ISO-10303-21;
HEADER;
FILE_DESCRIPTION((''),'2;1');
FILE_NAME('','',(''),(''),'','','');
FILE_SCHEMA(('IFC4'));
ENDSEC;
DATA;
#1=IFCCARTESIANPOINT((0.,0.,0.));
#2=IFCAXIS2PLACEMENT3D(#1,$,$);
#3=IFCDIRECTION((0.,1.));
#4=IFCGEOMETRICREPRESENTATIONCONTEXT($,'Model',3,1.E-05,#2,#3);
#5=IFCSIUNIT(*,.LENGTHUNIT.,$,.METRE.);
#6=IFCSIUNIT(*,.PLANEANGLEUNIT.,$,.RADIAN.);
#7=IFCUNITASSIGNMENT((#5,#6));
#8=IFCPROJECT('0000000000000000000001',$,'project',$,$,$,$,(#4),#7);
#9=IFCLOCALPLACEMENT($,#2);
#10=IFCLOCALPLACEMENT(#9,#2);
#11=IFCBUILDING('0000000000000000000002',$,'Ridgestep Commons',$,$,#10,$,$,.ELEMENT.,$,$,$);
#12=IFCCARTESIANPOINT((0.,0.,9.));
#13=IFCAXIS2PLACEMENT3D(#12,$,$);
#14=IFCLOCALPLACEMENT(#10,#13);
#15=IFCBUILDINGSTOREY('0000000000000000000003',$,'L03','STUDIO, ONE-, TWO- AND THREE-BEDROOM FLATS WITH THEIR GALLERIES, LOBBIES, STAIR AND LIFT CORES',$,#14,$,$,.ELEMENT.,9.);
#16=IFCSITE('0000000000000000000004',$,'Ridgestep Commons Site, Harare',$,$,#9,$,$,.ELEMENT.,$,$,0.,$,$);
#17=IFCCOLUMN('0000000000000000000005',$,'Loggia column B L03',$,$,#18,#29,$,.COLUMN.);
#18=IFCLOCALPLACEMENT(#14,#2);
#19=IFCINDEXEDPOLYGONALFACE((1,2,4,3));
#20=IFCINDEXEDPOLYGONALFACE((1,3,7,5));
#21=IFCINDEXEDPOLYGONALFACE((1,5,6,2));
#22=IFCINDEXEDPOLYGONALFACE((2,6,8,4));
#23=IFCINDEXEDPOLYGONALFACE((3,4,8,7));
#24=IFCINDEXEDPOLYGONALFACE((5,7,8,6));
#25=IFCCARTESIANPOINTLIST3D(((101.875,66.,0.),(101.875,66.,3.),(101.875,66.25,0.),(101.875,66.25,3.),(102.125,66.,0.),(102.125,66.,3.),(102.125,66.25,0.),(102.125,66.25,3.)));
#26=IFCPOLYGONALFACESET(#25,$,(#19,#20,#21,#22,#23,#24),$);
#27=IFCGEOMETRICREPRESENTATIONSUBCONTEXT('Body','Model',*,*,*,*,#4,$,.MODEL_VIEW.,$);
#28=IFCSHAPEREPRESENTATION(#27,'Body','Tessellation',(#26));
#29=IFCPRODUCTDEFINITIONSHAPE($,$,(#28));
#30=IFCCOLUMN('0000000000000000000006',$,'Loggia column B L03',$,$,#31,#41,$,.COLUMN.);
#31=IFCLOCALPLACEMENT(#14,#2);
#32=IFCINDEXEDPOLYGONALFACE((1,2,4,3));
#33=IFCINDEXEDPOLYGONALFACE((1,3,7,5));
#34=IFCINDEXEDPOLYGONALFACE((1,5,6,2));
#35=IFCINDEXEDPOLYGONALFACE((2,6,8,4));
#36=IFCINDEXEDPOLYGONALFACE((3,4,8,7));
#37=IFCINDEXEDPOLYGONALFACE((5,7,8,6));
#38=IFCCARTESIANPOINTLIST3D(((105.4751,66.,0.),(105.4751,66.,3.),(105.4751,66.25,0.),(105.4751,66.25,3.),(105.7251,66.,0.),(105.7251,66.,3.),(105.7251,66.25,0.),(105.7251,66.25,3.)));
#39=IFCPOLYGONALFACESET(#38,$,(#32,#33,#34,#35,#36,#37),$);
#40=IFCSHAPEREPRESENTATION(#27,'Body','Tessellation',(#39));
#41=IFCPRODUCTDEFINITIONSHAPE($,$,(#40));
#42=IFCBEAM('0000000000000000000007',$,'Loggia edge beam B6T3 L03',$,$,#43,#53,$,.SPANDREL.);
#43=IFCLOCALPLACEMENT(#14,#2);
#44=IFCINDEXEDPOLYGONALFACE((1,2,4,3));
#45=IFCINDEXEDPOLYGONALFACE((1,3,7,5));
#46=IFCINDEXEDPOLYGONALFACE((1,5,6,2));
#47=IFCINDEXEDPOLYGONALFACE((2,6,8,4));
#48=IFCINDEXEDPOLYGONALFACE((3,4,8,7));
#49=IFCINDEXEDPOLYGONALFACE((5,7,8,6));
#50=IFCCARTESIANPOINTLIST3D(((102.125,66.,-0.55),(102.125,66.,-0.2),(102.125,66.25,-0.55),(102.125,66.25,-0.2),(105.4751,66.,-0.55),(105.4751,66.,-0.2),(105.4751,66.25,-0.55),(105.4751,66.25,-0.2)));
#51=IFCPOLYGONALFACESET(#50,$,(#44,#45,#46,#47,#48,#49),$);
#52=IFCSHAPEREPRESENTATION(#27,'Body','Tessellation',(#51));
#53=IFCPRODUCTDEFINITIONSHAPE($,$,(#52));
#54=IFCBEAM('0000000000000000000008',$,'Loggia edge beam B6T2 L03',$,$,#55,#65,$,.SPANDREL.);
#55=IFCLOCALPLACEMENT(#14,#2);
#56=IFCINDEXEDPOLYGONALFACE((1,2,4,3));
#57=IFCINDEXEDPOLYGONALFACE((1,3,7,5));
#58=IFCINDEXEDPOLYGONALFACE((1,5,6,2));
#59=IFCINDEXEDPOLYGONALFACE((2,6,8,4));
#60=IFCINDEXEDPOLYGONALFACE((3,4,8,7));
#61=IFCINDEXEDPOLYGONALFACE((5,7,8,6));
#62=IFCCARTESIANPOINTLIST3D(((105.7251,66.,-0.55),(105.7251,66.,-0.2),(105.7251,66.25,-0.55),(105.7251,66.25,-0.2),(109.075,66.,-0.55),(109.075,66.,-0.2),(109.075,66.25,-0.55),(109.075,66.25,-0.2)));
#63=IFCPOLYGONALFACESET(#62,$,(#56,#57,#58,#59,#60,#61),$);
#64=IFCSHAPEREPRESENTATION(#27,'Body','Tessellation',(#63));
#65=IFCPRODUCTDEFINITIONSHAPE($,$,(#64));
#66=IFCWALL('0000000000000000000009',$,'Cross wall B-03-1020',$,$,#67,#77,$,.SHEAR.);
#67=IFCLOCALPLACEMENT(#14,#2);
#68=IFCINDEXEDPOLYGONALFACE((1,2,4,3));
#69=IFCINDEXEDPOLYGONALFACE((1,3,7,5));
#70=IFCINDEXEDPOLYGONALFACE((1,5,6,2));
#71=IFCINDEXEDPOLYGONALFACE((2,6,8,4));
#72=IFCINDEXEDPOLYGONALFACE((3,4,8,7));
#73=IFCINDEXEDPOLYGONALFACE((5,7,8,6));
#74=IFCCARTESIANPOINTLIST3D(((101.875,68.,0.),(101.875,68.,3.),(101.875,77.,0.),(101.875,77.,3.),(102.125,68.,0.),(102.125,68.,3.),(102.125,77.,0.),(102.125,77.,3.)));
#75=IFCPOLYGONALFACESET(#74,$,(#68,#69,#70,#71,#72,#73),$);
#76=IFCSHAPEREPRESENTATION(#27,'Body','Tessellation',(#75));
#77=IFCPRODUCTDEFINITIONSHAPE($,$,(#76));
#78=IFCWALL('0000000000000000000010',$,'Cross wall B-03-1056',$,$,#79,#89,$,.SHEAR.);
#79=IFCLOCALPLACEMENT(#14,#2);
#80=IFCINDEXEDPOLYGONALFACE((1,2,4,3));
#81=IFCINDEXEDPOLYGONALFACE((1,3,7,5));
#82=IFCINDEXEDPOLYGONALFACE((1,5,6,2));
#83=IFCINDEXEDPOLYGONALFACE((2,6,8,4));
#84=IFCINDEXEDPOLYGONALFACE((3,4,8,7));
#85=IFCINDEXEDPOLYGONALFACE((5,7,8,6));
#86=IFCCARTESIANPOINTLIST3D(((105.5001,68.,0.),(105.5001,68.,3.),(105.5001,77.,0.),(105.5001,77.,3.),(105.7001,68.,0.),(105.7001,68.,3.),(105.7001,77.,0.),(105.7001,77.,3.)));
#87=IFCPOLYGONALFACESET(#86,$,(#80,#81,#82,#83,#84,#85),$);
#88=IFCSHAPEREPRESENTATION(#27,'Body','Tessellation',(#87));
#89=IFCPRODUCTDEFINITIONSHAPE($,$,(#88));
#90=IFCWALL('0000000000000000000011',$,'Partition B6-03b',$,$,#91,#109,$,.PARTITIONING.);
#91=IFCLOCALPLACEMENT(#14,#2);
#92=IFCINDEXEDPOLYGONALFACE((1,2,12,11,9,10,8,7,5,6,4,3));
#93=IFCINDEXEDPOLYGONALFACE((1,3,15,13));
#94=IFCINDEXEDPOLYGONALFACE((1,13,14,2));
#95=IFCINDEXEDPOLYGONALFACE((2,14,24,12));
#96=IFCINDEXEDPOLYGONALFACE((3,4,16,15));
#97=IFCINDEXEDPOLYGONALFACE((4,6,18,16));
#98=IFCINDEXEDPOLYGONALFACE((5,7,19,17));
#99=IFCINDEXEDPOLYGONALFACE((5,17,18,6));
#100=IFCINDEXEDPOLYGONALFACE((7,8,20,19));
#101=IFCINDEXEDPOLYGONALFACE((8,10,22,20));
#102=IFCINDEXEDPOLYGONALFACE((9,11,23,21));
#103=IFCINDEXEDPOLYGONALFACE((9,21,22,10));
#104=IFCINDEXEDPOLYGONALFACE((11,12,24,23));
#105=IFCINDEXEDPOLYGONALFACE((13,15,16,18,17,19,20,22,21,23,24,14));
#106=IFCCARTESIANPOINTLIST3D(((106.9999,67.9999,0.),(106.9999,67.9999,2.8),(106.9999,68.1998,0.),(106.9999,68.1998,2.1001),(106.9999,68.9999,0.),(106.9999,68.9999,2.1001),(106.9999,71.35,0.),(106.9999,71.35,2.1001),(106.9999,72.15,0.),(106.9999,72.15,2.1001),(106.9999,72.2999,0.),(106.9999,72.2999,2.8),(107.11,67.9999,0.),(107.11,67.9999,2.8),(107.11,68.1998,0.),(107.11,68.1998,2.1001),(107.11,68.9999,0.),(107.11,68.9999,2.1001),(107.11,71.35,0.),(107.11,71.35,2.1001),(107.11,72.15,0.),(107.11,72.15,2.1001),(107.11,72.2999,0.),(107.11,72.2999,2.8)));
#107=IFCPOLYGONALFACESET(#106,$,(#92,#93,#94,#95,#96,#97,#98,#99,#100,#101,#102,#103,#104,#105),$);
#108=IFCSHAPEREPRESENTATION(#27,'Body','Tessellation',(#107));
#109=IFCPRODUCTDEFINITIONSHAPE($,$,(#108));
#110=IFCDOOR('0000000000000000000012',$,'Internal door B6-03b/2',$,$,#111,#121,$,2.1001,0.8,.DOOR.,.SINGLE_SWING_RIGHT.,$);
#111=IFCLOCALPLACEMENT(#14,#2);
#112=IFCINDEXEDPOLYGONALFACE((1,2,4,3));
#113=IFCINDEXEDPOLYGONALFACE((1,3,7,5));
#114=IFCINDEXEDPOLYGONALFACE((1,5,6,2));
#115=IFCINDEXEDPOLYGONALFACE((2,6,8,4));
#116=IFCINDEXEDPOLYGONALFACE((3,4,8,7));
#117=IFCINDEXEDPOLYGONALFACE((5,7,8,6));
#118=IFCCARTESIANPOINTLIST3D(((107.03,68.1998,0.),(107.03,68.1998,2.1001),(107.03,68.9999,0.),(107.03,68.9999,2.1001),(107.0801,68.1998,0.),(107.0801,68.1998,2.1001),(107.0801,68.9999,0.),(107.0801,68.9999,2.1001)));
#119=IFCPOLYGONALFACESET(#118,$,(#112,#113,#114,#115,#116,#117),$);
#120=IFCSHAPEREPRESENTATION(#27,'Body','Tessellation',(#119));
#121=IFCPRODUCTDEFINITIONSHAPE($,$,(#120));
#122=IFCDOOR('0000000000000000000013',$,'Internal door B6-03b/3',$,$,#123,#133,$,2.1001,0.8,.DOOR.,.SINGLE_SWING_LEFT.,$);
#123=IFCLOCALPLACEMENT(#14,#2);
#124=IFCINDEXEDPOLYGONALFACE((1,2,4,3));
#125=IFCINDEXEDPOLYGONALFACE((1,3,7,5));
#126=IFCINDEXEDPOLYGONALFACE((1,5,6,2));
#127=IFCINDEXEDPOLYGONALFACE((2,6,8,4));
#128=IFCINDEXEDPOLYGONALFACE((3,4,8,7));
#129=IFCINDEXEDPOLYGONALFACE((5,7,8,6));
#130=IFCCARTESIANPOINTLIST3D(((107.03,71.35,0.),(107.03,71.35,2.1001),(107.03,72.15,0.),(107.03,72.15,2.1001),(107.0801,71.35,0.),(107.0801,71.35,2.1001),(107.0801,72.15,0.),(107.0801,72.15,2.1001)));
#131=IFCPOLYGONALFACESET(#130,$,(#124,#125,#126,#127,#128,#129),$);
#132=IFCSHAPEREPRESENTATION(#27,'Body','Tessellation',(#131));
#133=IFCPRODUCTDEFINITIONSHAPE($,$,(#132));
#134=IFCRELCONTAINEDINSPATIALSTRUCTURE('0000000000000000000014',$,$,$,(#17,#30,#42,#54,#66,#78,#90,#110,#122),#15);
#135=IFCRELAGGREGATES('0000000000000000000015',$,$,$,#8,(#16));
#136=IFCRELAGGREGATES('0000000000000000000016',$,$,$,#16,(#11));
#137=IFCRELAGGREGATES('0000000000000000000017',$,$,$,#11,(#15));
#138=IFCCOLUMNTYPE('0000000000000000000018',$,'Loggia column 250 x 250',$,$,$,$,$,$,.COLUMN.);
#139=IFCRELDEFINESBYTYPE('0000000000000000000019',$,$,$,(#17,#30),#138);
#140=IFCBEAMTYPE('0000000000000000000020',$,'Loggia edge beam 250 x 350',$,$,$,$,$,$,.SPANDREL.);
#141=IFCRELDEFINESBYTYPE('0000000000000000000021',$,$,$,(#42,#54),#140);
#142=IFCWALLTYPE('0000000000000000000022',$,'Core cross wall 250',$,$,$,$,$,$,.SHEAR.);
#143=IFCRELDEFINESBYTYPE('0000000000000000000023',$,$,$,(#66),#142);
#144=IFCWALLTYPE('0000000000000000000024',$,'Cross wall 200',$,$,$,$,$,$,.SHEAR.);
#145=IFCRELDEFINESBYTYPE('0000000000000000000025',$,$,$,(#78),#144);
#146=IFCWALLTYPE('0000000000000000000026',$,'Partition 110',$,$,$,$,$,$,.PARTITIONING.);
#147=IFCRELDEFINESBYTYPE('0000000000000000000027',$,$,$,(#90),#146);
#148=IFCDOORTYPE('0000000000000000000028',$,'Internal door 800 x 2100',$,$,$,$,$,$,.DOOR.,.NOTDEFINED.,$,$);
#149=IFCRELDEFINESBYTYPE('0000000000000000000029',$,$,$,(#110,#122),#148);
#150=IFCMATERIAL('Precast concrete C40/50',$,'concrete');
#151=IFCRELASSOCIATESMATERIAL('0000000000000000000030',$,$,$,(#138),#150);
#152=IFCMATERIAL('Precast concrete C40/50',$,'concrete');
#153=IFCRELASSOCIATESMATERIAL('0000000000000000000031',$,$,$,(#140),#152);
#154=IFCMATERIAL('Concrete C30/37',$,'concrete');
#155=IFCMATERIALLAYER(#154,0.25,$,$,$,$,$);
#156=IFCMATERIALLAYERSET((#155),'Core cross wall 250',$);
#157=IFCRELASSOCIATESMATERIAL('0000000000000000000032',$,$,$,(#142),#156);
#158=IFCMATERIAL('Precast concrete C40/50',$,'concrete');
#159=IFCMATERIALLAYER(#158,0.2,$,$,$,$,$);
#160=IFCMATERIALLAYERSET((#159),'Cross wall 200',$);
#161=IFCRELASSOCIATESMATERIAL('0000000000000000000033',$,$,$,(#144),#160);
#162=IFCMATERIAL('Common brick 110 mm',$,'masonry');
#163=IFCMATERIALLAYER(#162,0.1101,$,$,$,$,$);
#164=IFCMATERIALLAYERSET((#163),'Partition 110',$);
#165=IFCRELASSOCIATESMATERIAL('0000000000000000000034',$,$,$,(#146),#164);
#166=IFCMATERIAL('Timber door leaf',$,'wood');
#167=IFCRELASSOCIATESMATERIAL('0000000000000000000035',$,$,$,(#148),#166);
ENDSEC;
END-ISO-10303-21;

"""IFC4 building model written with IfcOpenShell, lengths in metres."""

from ifc_helpers import new_model, si_unit, direction, frame, frame_2d, origin, origin_2d, place, context, subcontext, project, spatial, rectangle, extrude, material, layer, layer_set, material_profile, profile_set, type_object, element, fill, save


model = new_model("IFC4")

# Units and contexts
model_context = context("Model", 3, precision=1e-05, world=origin(), true_north=direction((0.0, 1.0)))
body_context = subcontext(model_context, "Body", "Model", "MODEL_VIEW")
ifc_project = project(units=[si_unit("LENGTHUNIT", "METRE"), si_unit("PLANEANGLEUNIT", "RADIAN")], contexts=[model_context])

# Site, building, storey
site_placement = place(None, origin())
site = spatial("IfcSite", under=ifc_project, at=site_placement, Name="Ridgestep Commons Site, Harare", CompositionType="ELEMENT", RefElevation=0.0)
building_placement = place(site_placement, origin())
building = spatial("IfcBuilding", under=site, at=building_placement, Name="Ridgestep Commons", CompositionType="ELEMENT")
storey_placement = place(building_placement, frame((0.0, 0.0, 9.0)))
storey = spatial("IfcBuildingStorey", under=building, at=storey_placement, Name="L03", Description="STUDIO, ONE-, TWO- AND THREE-BEDROOM FLATS WITH THEIR GALLERIES, LOBBIES, STAIR AND LIFT CORES", CompositionType="ELEMENT", Elevation=9.0)

# Columns
ifc_material_1 = material(Name="Precast concrete C40/50", Category="concrete")
ifc_material_profile_1 = material_profile(ifc_material_1, rectangle(XDim=0.25, YDim=0.25, at=origin_2d()), Name="PC 250x250")
ifc_profile_set_1 = profile_set([ifc_material_profile_1], Name="Precast concrete C40/50")
column_type = type_object("IfcColumnType", Name="Loggia column 250 x 250", PredefinedType="COLUMN", material=ifc_profile_set_1)
for number, where, z_axis, x_axis, name in (
    (1, (102.0, 66.125, 0.0), (0.0, 0.0, 1.0), (1.0, 0.0, 0.0), "Loggia column B L03"),
    (2, (105.6001, 66.125, 0.0), (0.0, 0.0, 1.0), (1.0, 0.0, 0.0), "Loggia column B L03"),
):
    element("IfcColumn", number, at=place(storey_placement, frame(where, z_axis=z_axis, x_axis=x_axis)), inside=storey, type_object=column_type, Name=name, PredefinedType="COLUMN", context=body_context, shape_type="SweptSolid", body=[
        extrude(rectangle(XDim=0.25, YDim=0.25, at=origin_2d()), origin(), (0.0, 0.0, 1.0), 3.0),
    ])

# Beams
ifc_material_2 = material(Name="Precast concrete C40/50", Category="concrete")
ifc_material_profile_2 = material_profile(ifc_material_2, rectangle(XDim=0.25, YDim=0.3501, at=origin_2d()), Name="PC 250x350")
ifc_profile_set_2 = profile_set([ifc_material_profile_2], Name="Precast concrete C40/50")
beam_type = type_object("IfcBeamType", Name="Loggia edge beam 250 x 350", PredefinedType="SPANDREL", material=ifc_profile_set_2)
beam_1_placement = place(storey_placement, frame((102.125, 66.125, -0.375), z_axis=(1.0, 0.0, 0.0), x_axis=(0.0, 1.0, 0.0)))
element("IfcBeam", 3, at=beam_1_placement, inside=storey, type_object=beam_type, Name="Loggia edge beam B6T3 L03", PredefinedType="SPANDREL", context=body_context, shape_type="SweptSolid", body=[
    extrude(rectangle(XDim=0.25, YDim=0.3501, at=origin_2d()), origin(), (0.0, 0.0, 1.0), 3.3501),
])
beam_2_placement = place(storey_placement, frame((105.7251, 66.125, -0.375), z_axis=(1.0, 0.0, 0.0), x_axis=(0.0, 1.0, 0.0)))
element("IfcBeam", 4, at=beam_2_placement, inside=storey, type_object=beam_type, Name="Loggia edge beam B6T2 L03", PredefinedType="SPANDREL", context=body_context, shape_type="SweptSolid", body=[
    extrude(rectangle(XDim=0.25, YDim=0.3501, at=origin_2d()), origin(), (0.0, 0.0, 1.0), 3.3499),
])

# Walls
ifc_material_3 = material(Name="Concrete C30/37", Category="concrete")
ifc_layer_1 = layer(ifc_material_3, 0.25)
ifc_layer_set_1 = layer_set([ifc_layer_1], Name="Core cross wall 250")
wall_type_1 = type_object("IfcWallType", Name="Core cross wall 250", PredefinedType="SHEAR", material=ifc_layer_set_1)
wall_1_placement = place(storey_placement, frame((102.0, 68.0, 0.0), z_axis=(0.0, 0.0, 1.0), x_axis=(0.0, 1.0, 0.0)))
element("IfcWall", 5, at=wall_1_placement, inside=storey, type_object=wall_type_1, Name="Cross wall B-03-1020", PredefinedType="SHEAR", context=body_context, shape_type="SweptSolid", body=[
    extrude(rectangle(XDim=9.0, YDim=0.25, at=frame_2d((4.5, 0.0))), origin(), (0.0, 0.0, 1.0), 3.0),
])
ifc_material_4 = material(Name="Precast concrete C40/50", Category="concrete")
ifc_layer_2 = layer(ifc_material_4, 0.2)
ifc_layer_set_2 = layer_set([ifc_layer_2], Name="Cross wall 200")
wall_type_2 = type_object("IfcWallType", Name="Cross wall 200", PredefinedType="SHEAR", material=ifc_layer_set_2)
wall_2_placement = place(storey_placement, frame((105.6001, 68.0, 0.0), z_axis=(0.0, 0.0, 1.0), x_axis=(0.0, 1.0, 0.0)))
element("IfcWall", 6, at=wall_2_placement, inside=storey, type_object=wall_type_2, Name="Cross wall B-03-1056", PredefinedType="SHEAR", context=body_context, shape_type="SweptSolid", body=[
    extrude(rectangle(XDim=9.0, YDim=0.2, at=frame_2d((4.5, 0.0))), origin(), (0.0, 0.0, 1.0), 3.0),
])

# Wall, openings, doors
ifc_material_5 = material(Name="Common brick 110 mm", Category="masonry")
ifc_layer_3 = layer(ifc_material_5, 0.1101)
ifc_layer_set_3 = layer_set([ifc_layer_3], Name="Partition 110")
wall_type_3 = type_object("IfcWallType", Name="Partition 110", PredefinedType="PARTITIONING", material=ifc_layer_set_3)
wall_3_placement = place(storey_placement, frame((107.0549, 68.0, 0.0), z_axis=(0.0, 0.0, 1.0), x_axis=(0.0, 1.0, 0.0)))
wall_3 = element("IfcWall", 7, at=wall_3_placement, inside=storey, type_object=wall_type_3, Name="Partition B6-03b", PredefinedType="PARTITIONING", context=body_context, shape_type="SweptSolid", body=[
    extrude(rectangle(XDim=4.3, YDim=0.1101, at=frame_2d((2.1499, 0.0))), origin(), (0.0, 0.0, 1.0), 2.8),
])
opening_1_placement = place(wall_3_placement, frame((0.2, 0.0, 0.0)))
opening_1 = element("IfcOpeningElement", 8, at=opening_1_placement, cuts=wall_3, PredefinedType="OPENING", context=body_context, shape_type="SweptSolid", body=[
    extrude(rectangle(XDim=0.8, YDim=2.1001, at=frame_2d((0.3999, 1.05))), frame((0.0, 0.0649, 0.0), z_axis=(0.0, -1.0, 0.0), x_axis=(1.0, 0.0, 0.0)), (0.0, 0.0, 1.0), 0.1301),
])
opening_2_placement = place(wall_3_placement, frame((3.3501, 0.0, 0.0)))
opening_2 = element("IfcOpeningElement", 9, at=opening_2_placement, cuts=wall_3, PredefinedType="OPENING", context=body_context, shape_type="SweptSolid", body=[
    extrude(rectangle(XDim=0.8, YDim=2.1001, at=frame_2d((0.3999, 1.05))), frame((0.0, 0.0649, 0.0), z_axis=(0.0, -1.0, 0.0), x_axis=(1.0, 0.0, 0.0)), (0.0, 0.0, 1.0), 0.1301),
])
ifc_material_6 = material(Name="Timber door leaf", Category="wood")
door_type_1 = type_object("IfcDoorType", Name="Internal door 800 x 2100", OperationType="NOTDEFINED", PredefinedType="DOOR", material=ifc_material_6)
door_1_placement = place(opening_1_placement, origin())
door_1 = element("IfcDoor", 10, at=door_1_placement, inside=storey, type_object=door_type_1, Name="Internal door B6-03b/2", OperationType="SINGLE_SWING_RIGHT", OverallHeight=2.1001, OverallWidth=0.8, PredefinedType="DOOR", context=body_context, shape_type="SweptSolid", body=[
    extrude(rectangle(XDim=0.8, YDim=2.1001, at=frame_2d((0.3999, 1.05))), frame((0.0, 0.0249, 0.0), z_axis=(0.0, -1.0, 0.0), x_axis=(1.0, 0.0, 0.0)), (0.0, 0.0, 1.0), 0.05),
])
fill(opening_1, door_1)
door_2_placement = place(opening_2_placement, origin())
door_2 = element("IfcDoor", 11, at=door_2_placement, inside=storey, type_object=door_type_1, Name="Internal door B6-03b/3", OperationType="SINGLE_SWING_LEFT", OverallHeight=2.1001, OverallWidth=0.8, PredefinedType="DOOR", context=body_context, shape_type="SweptSolid", body=[
    extrude(rectangle(XDim=0.8, YDim=2.1001, at=frame_2d((0.3999, 1.05))), frame((0.0, 0.0249, 0.0), z_axis=(0.0, -1.0, 0.0), x_axis=(1.0, 0.0, 0.0)), (0.0, 0.0, 1.0), 0.05),
])
fill(opening_2, door_2)

save(model, "model.ifc")
